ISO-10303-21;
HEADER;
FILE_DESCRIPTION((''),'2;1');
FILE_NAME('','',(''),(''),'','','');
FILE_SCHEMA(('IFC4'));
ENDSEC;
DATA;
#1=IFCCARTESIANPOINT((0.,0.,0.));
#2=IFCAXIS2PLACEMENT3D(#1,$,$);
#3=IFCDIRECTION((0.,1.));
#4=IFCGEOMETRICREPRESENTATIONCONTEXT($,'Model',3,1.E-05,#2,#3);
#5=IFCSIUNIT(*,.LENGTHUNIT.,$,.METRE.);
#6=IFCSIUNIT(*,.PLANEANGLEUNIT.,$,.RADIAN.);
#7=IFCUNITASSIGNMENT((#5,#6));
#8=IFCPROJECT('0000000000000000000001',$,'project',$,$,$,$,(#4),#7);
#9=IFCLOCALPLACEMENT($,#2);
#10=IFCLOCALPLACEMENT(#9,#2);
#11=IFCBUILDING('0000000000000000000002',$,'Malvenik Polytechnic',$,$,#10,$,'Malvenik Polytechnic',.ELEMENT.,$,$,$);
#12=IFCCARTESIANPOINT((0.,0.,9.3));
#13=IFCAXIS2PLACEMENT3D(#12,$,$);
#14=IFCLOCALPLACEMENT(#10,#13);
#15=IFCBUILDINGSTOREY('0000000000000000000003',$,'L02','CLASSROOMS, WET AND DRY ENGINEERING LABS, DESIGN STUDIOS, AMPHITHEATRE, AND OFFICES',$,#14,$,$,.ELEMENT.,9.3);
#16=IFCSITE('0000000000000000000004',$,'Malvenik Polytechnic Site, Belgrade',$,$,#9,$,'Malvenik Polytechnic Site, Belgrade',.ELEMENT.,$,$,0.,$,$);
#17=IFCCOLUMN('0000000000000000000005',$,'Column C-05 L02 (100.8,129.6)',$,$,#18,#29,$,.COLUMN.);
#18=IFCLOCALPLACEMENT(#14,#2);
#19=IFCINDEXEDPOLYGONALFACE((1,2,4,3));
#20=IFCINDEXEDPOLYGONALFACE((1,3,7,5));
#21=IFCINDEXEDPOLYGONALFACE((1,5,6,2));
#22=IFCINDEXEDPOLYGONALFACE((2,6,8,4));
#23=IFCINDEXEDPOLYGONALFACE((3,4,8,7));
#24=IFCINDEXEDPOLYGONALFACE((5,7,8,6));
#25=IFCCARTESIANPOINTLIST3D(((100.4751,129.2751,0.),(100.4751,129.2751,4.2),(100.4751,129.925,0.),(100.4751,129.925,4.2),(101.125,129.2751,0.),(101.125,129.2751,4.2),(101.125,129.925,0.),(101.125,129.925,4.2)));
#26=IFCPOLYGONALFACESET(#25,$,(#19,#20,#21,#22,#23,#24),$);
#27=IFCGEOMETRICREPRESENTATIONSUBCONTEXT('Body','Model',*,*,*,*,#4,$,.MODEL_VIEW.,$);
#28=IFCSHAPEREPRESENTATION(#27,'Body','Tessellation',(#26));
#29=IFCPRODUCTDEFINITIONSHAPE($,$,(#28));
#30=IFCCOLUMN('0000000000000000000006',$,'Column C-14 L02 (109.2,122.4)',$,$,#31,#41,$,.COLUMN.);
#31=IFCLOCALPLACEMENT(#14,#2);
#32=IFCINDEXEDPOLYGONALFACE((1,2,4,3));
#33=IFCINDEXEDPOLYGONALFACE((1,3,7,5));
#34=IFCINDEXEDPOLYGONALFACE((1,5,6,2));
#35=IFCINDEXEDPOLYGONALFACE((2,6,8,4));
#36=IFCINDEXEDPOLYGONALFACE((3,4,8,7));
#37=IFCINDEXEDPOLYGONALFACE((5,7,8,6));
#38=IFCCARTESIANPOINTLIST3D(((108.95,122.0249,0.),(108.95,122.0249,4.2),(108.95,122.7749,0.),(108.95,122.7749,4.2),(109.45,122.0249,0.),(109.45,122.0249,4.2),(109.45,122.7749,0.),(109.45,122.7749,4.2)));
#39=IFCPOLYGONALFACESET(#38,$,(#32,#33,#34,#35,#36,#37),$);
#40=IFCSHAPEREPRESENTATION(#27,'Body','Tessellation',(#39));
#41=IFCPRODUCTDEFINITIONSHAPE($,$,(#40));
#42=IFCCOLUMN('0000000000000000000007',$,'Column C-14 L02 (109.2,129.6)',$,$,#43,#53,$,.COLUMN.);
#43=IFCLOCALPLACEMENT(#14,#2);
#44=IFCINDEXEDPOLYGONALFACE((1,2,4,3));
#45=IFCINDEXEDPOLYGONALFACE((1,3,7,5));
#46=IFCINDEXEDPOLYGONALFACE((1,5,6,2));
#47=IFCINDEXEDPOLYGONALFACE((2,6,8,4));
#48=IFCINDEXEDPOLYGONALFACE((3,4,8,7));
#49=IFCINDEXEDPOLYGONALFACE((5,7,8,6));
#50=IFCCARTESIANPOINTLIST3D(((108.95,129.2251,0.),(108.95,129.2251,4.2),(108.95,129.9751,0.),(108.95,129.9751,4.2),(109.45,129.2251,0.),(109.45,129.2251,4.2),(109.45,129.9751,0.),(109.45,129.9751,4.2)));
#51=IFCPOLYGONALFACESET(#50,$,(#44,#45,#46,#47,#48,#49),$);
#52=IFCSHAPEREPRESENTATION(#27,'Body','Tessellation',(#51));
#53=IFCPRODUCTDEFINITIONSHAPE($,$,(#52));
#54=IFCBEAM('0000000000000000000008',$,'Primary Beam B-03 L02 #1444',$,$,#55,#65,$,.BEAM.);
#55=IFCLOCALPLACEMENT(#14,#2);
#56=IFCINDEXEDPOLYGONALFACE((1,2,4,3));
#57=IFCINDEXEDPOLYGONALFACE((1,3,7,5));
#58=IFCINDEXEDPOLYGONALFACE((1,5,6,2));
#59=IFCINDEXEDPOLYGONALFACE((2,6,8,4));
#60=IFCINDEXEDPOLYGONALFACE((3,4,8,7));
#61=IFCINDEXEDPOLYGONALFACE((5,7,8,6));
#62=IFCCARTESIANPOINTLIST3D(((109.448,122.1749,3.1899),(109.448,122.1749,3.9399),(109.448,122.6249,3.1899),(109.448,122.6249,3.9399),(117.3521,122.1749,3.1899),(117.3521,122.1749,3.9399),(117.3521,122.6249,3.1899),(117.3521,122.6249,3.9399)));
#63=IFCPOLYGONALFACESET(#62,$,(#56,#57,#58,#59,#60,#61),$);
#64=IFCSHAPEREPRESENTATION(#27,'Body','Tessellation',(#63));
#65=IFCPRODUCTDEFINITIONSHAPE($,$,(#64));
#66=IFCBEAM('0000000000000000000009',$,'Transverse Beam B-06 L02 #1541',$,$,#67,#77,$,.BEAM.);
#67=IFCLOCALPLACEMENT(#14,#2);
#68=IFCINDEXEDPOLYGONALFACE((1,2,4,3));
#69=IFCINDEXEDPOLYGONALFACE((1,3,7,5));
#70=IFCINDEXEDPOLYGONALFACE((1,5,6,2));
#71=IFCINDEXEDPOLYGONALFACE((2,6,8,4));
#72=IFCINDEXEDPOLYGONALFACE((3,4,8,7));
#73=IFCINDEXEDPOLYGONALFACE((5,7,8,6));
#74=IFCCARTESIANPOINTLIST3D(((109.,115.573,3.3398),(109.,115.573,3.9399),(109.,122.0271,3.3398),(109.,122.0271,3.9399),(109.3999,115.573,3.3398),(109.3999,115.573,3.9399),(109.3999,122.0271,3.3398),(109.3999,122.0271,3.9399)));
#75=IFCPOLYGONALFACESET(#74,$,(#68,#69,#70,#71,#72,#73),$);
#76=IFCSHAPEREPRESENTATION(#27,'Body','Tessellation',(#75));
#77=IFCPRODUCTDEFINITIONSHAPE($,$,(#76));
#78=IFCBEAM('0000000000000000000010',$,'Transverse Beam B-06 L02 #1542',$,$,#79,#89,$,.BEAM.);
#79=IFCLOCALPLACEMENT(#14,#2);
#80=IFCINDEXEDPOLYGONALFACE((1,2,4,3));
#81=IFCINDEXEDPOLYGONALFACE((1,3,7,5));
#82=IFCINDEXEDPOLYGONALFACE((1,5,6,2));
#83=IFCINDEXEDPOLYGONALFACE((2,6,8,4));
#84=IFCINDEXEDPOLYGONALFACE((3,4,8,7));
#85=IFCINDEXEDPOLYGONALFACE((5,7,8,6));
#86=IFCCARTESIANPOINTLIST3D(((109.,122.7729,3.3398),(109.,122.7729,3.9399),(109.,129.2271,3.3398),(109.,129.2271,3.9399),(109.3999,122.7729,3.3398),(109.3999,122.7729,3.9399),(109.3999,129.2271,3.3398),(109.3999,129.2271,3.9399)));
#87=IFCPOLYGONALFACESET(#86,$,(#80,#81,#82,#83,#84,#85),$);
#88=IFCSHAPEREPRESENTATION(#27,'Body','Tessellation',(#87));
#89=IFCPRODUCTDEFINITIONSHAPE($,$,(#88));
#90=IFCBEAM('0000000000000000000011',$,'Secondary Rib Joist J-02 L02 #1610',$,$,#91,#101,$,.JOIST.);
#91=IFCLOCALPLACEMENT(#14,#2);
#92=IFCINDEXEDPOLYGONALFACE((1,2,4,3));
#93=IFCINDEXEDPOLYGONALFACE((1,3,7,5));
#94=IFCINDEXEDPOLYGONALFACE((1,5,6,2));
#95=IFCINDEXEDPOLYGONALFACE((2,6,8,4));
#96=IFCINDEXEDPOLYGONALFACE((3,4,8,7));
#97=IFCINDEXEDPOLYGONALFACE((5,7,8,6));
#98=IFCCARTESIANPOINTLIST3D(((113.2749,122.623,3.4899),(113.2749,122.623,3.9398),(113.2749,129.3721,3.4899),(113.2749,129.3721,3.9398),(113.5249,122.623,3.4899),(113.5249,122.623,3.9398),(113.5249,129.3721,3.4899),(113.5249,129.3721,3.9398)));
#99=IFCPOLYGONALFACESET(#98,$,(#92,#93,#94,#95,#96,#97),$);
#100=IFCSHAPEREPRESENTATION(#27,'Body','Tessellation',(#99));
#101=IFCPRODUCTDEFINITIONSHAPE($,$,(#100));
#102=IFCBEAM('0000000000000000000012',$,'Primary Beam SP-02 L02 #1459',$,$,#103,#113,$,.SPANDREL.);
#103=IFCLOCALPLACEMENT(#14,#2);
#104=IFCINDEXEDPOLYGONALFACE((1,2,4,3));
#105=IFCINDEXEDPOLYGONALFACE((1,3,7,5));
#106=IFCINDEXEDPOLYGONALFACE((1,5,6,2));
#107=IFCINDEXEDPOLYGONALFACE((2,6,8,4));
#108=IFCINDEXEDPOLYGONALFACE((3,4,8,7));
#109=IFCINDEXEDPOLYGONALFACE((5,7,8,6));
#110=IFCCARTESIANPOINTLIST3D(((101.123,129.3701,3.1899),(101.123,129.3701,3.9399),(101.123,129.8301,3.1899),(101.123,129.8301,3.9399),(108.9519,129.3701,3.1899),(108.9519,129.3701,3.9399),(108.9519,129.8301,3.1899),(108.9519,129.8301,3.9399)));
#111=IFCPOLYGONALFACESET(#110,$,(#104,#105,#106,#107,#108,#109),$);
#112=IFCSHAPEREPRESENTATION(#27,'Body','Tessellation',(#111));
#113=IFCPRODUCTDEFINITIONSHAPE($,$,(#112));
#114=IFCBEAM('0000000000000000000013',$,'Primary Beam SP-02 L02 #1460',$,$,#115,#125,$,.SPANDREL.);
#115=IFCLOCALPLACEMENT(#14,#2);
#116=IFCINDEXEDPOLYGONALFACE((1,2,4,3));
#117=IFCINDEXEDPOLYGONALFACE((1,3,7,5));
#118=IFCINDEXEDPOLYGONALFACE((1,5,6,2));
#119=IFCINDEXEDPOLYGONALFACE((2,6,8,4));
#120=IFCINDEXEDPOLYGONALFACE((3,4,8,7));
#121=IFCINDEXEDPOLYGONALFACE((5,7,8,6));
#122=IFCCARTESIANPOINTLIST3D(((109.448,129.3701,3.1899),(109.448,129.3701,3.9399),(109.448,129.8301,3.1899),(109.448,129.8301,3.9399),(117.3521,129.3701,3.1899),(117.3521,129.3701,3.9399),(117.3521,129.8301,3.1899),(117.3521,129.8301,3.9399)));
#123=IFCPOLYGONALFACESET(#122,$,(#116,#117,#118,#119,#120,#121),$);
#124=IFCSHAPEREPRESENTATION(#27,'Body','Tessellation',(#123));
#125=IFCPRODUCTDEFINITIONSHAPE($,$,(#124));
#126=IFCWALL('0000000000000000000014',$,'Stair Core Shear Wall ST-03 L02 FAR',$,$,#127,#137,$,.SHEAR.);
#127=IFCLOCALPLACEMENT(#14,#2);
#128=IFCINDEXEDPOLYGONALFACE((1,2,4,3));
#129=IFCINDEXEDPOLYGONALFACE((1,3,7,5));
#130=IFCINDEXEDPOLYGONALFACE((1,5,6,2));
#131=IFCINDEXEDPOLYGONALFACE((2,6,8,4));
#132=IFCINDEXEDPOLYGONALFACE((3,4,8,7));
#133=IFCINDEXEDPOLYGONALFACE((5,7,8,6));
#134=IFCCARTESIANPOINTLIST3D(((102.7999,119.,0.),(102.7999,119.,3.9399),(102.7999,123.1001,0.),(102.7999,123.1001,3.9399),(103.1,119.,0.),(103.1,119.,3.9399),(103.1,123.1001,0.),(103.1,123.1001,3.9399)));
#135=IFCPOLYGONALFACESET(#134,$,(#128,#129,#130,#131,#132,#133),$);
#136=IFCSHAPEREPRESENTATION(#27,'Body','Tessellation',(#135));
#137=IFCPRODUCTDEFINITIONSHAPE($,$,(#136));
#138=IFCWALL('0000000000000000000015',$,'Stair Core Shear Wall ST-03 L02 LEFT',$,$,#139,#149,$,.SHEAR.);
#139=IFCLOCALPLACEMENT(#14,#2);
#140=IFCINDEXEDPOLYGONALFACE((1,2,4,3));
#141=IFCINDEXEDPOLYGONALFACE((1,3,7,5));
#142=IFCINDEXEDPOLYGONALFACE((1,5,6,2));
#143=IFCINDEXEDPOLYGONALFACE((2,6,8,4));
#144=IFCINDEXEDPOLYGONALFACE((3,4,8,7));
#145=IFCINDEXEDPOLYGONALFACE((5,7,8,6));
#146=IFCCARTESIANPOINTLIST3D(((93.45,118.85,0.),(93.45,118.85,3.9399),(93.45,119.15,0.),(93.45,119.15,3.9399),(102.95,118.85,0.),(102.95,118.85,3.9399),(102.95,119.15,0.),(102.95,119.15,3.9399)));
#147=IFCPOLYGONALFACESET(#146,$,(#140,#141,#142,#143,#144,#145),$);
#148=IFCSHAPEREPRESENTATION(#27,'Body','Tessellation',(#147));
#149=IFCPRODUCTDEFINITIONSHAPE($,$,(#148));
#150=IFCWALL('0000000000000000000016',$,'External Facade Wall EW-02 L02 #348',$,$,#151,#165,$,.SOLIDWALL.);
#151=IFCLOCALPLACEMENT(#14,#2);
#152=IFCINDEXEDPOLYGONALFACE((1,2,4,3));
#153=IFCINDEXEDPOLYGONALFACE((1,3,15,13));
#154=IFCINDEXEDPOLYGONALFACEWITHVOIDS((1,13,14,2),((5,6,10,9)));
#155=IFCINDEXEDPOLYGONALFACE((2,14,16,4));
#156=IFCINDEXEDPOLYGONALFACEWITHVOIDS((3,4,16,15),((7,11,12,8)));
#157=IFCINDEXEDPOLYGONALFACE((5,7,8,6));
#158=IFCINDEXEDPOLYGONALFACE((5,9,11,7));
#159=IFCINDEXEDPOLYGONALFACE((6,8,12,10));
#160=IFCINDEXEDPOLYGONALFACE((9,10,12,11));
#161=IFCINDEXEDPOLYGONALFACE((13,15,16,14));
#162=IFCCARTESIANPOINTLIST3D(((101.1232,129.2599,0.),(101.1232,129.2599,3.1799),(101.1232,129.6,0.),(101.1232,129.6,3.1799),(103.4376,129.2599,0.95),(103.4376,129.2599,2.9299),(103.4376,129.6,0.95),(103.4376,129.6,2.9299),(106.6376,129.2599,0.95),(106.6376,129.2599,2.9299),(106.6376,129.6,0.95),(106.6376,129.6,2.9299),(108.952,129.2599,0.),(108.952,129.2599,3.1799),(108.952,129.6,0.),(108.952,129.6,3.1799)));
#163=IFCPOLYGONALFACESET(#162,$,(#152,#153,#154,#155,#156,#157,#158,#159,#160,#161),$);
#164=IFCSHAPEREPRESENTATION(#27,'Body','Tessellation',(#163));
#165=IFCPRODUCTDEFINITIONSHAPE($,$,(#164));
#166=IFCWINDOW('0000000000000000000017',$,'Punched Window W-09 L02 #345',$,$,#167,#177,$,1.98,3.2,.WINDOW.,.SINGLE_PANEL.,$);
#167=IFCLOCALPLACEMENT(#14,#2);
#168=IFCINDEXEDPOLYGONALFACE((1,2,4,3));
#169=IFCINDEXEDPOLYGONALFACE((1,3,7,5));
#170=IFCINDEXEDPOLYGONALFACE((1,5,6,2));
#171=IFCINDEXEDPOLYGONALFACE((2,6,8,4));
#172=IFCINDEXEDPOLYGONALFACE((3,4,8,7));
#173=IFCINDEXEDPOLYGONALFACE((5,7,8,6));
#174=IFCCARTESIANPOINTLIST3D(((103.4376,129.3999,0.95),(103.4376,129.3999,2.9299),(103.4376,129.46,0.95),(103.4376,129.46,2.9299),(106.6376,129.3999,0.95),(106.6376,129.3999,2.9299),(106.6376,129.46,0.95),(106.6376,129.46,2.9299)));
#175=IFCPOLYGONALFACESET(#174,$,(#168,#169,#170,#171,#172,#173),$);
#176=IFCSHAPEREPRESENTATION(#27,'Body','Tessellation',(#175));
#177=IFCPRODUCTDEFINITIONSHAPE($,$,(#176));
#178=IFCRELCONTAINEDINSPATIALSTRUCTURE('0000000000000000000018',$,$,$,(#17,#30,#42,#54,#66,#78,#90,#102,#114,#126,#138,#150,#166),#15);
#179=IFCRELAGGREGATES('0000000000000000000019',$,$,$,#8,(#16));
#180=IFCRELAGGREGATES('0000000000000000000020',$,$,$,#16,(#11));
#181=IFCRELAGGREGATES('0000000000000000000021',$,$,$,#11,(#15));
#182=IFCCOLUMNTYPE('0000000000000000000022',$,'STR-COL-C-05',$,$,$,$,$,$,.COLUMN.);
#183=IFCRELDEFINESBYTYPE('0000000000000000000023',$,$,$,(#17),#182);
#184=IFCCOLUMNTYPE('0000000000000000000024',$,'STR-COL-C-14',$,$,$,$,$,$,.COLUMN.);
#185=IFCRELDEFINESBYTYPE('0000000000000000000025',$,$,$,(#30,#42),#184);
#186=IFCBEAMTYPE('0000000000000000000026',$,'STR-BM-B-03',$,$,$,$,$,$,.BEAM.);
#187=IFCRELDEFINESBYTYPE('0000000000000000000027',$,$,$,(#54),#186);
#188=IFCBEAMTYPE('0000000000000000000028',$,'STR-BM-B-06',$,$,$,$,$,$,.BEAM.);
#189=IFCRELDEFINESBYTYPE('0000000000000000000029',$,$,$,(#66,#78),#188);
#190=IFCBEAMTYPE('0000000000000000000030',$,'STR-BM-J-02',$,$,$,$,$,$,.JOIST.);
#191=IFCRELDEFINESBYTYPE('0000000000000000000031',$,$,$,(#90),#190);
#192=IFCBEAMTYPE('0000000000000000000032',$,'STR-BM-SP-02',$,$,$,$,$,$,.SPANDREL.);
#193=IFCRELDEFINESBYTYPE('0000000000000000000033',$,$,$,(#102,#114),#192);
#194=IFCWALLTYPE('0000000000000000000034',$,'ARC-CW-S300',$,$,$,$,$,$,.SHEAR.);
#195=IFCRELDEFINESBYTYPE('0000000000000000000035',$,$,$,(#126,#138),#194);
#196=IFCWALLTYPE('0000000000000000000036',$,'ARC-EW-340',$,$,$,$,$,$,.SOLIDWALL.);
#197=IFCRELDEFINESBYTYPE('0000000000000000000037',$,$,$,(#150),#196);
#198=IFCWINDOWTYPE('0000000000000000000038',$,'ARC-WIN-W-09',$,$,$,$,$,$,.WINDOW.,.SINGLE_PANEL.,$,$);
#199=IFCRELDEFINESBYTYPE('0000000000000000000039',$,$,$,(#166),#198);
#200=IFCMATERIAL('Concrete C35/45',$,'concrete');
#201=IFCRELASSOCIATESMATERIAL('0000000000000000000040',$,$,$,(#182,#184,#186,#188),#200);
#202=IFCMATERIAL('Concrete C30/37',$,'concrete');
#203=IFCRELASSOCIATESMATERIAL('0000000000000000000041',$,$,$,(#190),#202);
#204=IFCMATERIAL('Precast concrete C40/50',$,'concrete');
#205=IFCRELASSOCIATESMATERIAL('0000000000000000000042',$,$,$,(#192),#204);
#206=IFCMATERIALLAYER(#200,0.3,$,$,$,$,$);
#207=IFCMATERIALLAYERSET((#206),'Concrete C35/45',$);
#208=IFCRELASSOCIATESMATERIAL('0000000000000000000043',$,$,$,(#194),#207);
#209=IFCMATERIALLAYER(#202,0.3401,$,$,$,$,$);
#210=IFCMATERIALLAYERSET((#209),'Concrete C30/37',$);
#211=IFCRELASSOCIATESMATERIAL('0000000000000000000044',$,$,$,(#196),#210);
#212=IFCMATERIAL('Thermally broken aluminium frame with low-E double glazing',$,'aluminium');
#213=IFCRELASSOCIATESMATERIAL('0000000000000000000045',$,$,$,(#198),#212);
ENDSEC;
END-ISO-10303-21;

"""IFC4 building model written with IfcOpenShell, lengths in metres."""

from ifc_helpers import new_model, si_unit, direction, frame, frame_2d, origin, origin_2d, place, context, subcontext, project, spatial, rectangle, extrude, material, layer, layer_set, material_profile, profile_set, type_object, element, fill, save


model = new_model("IFC4")

# Units and contexts
model_context = context("Model", 3, precision=1e-05, world=origin(), true_north=direction((0.0, 1.0)))
body_context = subcontext(model_context, "Body", "Model", "MODEL_VIEW")
ifc_project = project(units=[si_unit("LENGTHUNIT", "METRE"), si_unit("PLANEANGLEUNIT", "RADIAN")], contexts=[model_context])

# Site, building, storey
site_placement = place(None, origin())
site = spatial("IfcSite", under=ifc_project, at=site_placement, Name="Malvenik Polytechnic Site, Belgrade", LongName="Malvenik Polytechnic Site, Belgrade", CompositionType="ELEMENT", RefElevation=0.0)
building_placement = place(site_placement, origin())
building = spatial("IfcBuilding", under=site, at=building_placement, Name="Malvenik Polytechnic", LongName="Malvenik Polytechnic", CompositionType="ELEMENT")
storey_placement = place(building_placement, frame((0.0, 0.0, 9.3)))
storey = spatial("IfcBuildingStorey", under=building, at=storey_placement, Name="L02", Description="CLASSROOMS, WET AND DRY ENGINEERING LABS, DESIGN STUDIOS, AMPHITHEATRE, AND OFFICES", CompositionType="ELEMENT", Elevation=9.3)

# Columns
ifc_material_1 = material(Name="Concrete C35/45", Category="concrete")
ifc_material_profile_1 = material_profile(ifc_material_1, rectangle(XDim=0.6499, YDim=0.6499, at=origin_2d()), Name="RC COL 650x650")
ifc_profile_set_1 = profile_set([ifc_material_profile_1], Name="Concrete C35/45")
column_type_1 = type_object("IfcColumnType", Name="STR-COL-C-05", PredefinedType="COLUMN", material=ifc_profile_set_1)
column_placement = place(storey_placement, frame((100.8, 129.6001, 0.0), z_axis=(0.0, 0.0, 1.0), x_axis=(1.0, 0.0, 0.0)))
element("IfcColumn", 1, at=column_placement, inside=storey, type_object=column_type_1, Name="Column C-05 L02 (100.8,129.6)", PredefinedType="COLUMN", context=body_context, shape_type="SweptSolid", body=[
    extrude(rectangle(XDim=0.6499, YDim=0.6499, at=origin_2d()), origin(), (0.0, 0.0, 1.0), 4.2),
])
ifc_material_profile_2 = material_profile(ifc_material_1, rectangle(XDim=0.5, YDim=0.75, at=origin_2d()), Name="RC COL 750x500")
ifc_profile_set_2 = profile_set([ifc_material_profile_2], Name="Concrete C35/45")
column_type_2 = type_object("IfcColumnType", Name="STR-COL-C-14", PredefinedType="COLUMN", material=ifc_profile_set_2)
for number, where, z_axis, x_axis, name in (
    (2, (109.2, 122.3999, 0.0), (0.0, 0.0, 1.0), (1.0, 0.0, 0.0), "Column C-14 L02 (109.2,122.4)"),
    (3, (109.2, 129.6001, 0.0), (0.0, 0.0, 1.0), (1.0, 0.0, 0.0), "Column C-14 L02 (109.2,129.6)"),
):
    element("IfcColumn", number, at=place(storey_placement, frame(where, z_axis=z_axis, x_axis=x_axis)), inside=storey, type_object=column_type_2, Name=name, PredefinedType="COLUMN", context=body_context, shape_type="SweptSolid", body=[
        extrude(rectangle(XDim=0.5, YDim=0.75, at=origin_2d()), origin(), (0.0, 0.0, 1.0), 4.2),
    ])

# Beams
ifc_material_profile_3 = material_profile(ifc_material_1, rectangle(XDim=0.45, YDim=0.75, at=origin_2d()), Name="RC BM 450x750")
ifc_profile_set_3 = profile_set([ifc_material_profile_3], Name="Concrete C35/45")
beam_type_1 = type_object("IfcBeamType", Name="STR-BM-B-03", PredefinedType="BEAM", material=ifc_profile_set_3)
beam_1_placement = place(storey_placement, frame((109.448, 122.3999, 3.5649), z_axis=(1.0, 0.0, 0.0), x_axis=(0.0, 1.0, 0.0)))
element("IfcBeam", 4, at=beam_1_placement, inside=storey, type_object=beam_type_1, Name="Primary Beam B-03 L02 #1444", PredefinedType="BEAM", context=body_context, shape_type="SweptSolid", body=[
    extrude(rectangle(XDim=0.45, YDim=0.75, at=origin_2d()), origin(), (0.0, 0.0, 1.0), 7.9041),
])
ifc_material_profile_4 = material_profile(ifc_material_1, rectangle(XDim=0.3999, YDim=0.6001, at=origin_2d()), Name="RC BM 400x600")
ifc_profile_set_4 = profile_set([ifc_material_profile_4], Name="Concrete C35/45")
beam_type_2 = type_object("IfcBeamType", Name="STR-BM-B-06", PredefinedType="BEAM", material=ifc_profile_set_4)
for number, where, z_axis, x_axis, name in (
    (5, (109.2, 115.573, 3.6399), (0.0, 1.0, 0.0), (-1.0, 0.0, 0.0), "Transverse Beam B-06 L02 #1541"),
    (6, (109.2, 122.7729, 3.6399), (0.0, 1.0, 0.0), (-1.0, 0.0, 0.0), "Transverse Beam B-06 L02 #1542"),
):
    element("IfcBeam", number, at=place(storey_placement, frame(where, z_axis=z_axis, x_axis=x_axis)), inside=storey, type_object=beam_type_2, Name=name, PredefinedType="BEAM", context=body_context, shape_type="SweptSolid", body=[
        extrude(rectangle(XDim=0.3999, YDim=0.6001, at=origin_2d()), origin(), (0.0, 0.0, 1.0), 6.4541),
    ])
ifc_material_2 = material(Name="Concrete C30/37", Category="concrete")
ifc_material_profile_5 = material_profile(ifc_material_2, rectangle(XDim=0.25, YDim=0.45, at=origin_2d()), Name="RC JST 250x450")
ifc_profile_set_5 = profile_set([ifc_material_profile_5], Name="Concrete C30/37")
beam_type_3 = type_object("IfcBeamType", Name="STR-BM-J-02", PredefinedType="JOIST", material=ifc_profile_set_5)
beam_2_placement = place(storey_placement, frame((113.3999, 122.623, 3.7148), z_axis=(0.0, 1.0, 0.0), x_axis=(-1.0, 0.0, 0.0)))
element("IfcBeam", 7, at=beam_2_placement, inside=storey, type_object=beam_type_3, Name="Secondary Rib Joist J-02 L02 #1610", PredefinedType="JOIST", context=body_context, shape_type="SweptSolid", body=[
    extrude(rectangle(XDim=0.25, YDim=0.45, at=origin_2d()), origin(), (0.0, 0.0, 1.0), 6.749),
])
ifc_material_3 = material(Name="Precast concrete C40/50", Category="concrete")
ifc_material_profile_6 = material_profile(ifc_material_3, rectangle(XDim=0.46, YDim=0.75, at=origin_2d()), Name="PC SPN 460x750")
ifc_profile_set_6 = profile_set([ifc_material_profile_6], Name="Precast concrete C40/50")
beam_type_4 = type_object("IfcBeamType", Name="STR-BM-SP-02", PredefinedType="SPANDREL", material=ifc_profile_set_6)
beam_3_placement = place(storey_placement, frame((101.123, 129.6001, 3.5649), z_axis=(1.0, 0.0, 0.0), x_axis=(0.0, 1.0, 0.0)))
element("IfcBeam", 8, at=beam_3_placement, inside=storey, type_object=beam_type_4, Name="Primary Beam SP-02 L02 #1459", PredefinedType="SPANDREL", context=body_context, shape_type="SweptSolid", body=[
    extrude(rectangle(XDim=0.46, YDim=0.75, at=origin_2d()), origin(), (0.0, 0.0, 1.0), 7.8289),
])
beam_4_placement = place(storey_placement, frame((109.448, 129.6001, 3.5649), z_axis=(1.0, 0.0, 0.0), x_axis=(0.0, 1.0, 0.0)))
element("IfcBeam", 9, at=beam_4_placement, inside=storey, type_object=beam_type_4, Name="Primary Beam SP-02 L02 #1460", PredefinedType="SPANDREL", context=body_context, shape_type="SweptSolid", body=[
    extrude(rectangle(XDim=0.46, YDim=0.75, at=origin_2d()), origin(), (0.0, 0.0, 1.0), 7.9041),
])

# Walls
ifc_layer_1 = layer(ifc_material_1, 0.3)
ifc_layer_set_1 = layer_set([ifc_layer_1], Name="Concrete C35/45")
wall_type_1 = type_object("IfcWallType", Name="ARC-CW-S300", PredefinedType="SHEAR", material=ifc_layer_set_1)
wall_1_placement = place(storey_placement, frame((102.95, 123.1001, 0.0), z_axis=(0.0, 0.0, 1.0), x_axis=(0.0, -1.0, 0.0)))
element("IfcWall", 10, at=wall_1_placement, inside=storey, type_object=wall_type_1, Name="Stair Core Shear Wall ST-03 L02 FAR", PredefinedType="SHEAR", context=body_context, shape_type="SweptSolid", body=[
    extrude(rectangle(XDim=4.1001, YDim=0.3, at=frame_2d((2.05, 0.0))), origin(), (0.0, 0.0, 1.0), 3.9399),
])
wall_2_placement = place(storey_placement, frame((102.95, 119.0, 0.0), z_axis=(0.0, 0.0, 1.0), x_axis=(-1.0, 0.0, 0.0)))
element("IfcWall", 11, at=wall_2_placement, inside=storey, type_object=wall_type_1, Name="Stair Core Shear Wall ST-03 L02 LEFT", PredefinedType="SHEAR", context=body_context, shape_type="SweptSolid", body=[
    extrude(rectangle(XDim=9.5, YDim=0.3, at=frame_2d((4.75, 0.0))), origin(), (0.0, 0.0, 1.0), 3.9399),
])

# Wall, opening, window
ifc_layer_2 = layer(ifc_material_2, 0.3401)
ifc_layer_set_2 = layer_set([ifc_layer_2], Name="Concrete C30/37")
wall_type_2 = type_object("IfcWallType", Name="ARC-EW-340", PredefinedType="SOLIDWALL", material=ifc_layer_set_2)
wall_3_placement = place(storey_placement, frame((101.123, 129.4299, 0.0), z_axis=(0.0, 0.0, 1.0), x_axis=(1.0, 0.0, 0.0)))
wall_3 = element("IfcWall", 12, at=wall_3_placement, inside=storey, type_object=wall_type_2, Name="External Facade Wall EW-02 L02 #348", PredefinedType="SOLIDWALL", context=body_context, shape_type="SweptSolid", body=[
    extrude(rectangle(XDim=7.8289, YDim=0.3401, at=frame_2d((3.9146, 0.0))), origin(), (0.0, 0.0, 1.0), 3.1799),
])
opening_1_placement = place(wall_3_placement, frame((2.3145, 0.0, 0.95)))
opening_1 = element("IfcOpeningElement", 13, at=opening_1_placement, cuts=wall_3, PredefinedType="OPENING", context=body_context, shape_type="SweptSolid", body=[
    extrude(rectangle(XDim=3.2, YDim=1.98, at=frame_2d((1.6001, 0.99))), frame((0.0, 0.1802, 0.0), z_axis=(0.0, -1.0, 0.0), x_axis=(1.0, 0.0, 0.0)), (0.0, 0.0, 1.0), 0.3601),
])
ifc_material_4 = material(Name="Thermally broken aluminium frame with low-E double glazing", Category="aluminium")
window_type_1 = type_object("IfcWindowType", Name="ARC-WIN-W-09", PartitioningType="SINGLE_PANEL", PredefinedType="WINDOW", material=ifc_material_4)
window_1_placement = place(opening_1_placement, origin())
window_1 = element("IfcWindow", 14, at=window_1_placement, inside=storey, type_object=window_type_1, Name="Punched Window W-09 L02 #345", OverallHeight=1.98, OverallWidth=3.2, PartitioningType="SINGLE_PANEL", PredefinedType="WINDOW", context=body_context, shape_type="SweptSolid", body=[
    extrude(rectangle(XDim=3.2, YDim=1.98, at=frame_2d((1.6001, 0.99))), frame((0.0, 0.03, 0.0), z_axis=(0.0, -1.0, 0.0), x_axis=(1.0, 0.0, 0.0)), (0.0, 0.0, 1.0), 0.0601),
])
fill(opening_1, window_1)

save(model, "model.ifc")
